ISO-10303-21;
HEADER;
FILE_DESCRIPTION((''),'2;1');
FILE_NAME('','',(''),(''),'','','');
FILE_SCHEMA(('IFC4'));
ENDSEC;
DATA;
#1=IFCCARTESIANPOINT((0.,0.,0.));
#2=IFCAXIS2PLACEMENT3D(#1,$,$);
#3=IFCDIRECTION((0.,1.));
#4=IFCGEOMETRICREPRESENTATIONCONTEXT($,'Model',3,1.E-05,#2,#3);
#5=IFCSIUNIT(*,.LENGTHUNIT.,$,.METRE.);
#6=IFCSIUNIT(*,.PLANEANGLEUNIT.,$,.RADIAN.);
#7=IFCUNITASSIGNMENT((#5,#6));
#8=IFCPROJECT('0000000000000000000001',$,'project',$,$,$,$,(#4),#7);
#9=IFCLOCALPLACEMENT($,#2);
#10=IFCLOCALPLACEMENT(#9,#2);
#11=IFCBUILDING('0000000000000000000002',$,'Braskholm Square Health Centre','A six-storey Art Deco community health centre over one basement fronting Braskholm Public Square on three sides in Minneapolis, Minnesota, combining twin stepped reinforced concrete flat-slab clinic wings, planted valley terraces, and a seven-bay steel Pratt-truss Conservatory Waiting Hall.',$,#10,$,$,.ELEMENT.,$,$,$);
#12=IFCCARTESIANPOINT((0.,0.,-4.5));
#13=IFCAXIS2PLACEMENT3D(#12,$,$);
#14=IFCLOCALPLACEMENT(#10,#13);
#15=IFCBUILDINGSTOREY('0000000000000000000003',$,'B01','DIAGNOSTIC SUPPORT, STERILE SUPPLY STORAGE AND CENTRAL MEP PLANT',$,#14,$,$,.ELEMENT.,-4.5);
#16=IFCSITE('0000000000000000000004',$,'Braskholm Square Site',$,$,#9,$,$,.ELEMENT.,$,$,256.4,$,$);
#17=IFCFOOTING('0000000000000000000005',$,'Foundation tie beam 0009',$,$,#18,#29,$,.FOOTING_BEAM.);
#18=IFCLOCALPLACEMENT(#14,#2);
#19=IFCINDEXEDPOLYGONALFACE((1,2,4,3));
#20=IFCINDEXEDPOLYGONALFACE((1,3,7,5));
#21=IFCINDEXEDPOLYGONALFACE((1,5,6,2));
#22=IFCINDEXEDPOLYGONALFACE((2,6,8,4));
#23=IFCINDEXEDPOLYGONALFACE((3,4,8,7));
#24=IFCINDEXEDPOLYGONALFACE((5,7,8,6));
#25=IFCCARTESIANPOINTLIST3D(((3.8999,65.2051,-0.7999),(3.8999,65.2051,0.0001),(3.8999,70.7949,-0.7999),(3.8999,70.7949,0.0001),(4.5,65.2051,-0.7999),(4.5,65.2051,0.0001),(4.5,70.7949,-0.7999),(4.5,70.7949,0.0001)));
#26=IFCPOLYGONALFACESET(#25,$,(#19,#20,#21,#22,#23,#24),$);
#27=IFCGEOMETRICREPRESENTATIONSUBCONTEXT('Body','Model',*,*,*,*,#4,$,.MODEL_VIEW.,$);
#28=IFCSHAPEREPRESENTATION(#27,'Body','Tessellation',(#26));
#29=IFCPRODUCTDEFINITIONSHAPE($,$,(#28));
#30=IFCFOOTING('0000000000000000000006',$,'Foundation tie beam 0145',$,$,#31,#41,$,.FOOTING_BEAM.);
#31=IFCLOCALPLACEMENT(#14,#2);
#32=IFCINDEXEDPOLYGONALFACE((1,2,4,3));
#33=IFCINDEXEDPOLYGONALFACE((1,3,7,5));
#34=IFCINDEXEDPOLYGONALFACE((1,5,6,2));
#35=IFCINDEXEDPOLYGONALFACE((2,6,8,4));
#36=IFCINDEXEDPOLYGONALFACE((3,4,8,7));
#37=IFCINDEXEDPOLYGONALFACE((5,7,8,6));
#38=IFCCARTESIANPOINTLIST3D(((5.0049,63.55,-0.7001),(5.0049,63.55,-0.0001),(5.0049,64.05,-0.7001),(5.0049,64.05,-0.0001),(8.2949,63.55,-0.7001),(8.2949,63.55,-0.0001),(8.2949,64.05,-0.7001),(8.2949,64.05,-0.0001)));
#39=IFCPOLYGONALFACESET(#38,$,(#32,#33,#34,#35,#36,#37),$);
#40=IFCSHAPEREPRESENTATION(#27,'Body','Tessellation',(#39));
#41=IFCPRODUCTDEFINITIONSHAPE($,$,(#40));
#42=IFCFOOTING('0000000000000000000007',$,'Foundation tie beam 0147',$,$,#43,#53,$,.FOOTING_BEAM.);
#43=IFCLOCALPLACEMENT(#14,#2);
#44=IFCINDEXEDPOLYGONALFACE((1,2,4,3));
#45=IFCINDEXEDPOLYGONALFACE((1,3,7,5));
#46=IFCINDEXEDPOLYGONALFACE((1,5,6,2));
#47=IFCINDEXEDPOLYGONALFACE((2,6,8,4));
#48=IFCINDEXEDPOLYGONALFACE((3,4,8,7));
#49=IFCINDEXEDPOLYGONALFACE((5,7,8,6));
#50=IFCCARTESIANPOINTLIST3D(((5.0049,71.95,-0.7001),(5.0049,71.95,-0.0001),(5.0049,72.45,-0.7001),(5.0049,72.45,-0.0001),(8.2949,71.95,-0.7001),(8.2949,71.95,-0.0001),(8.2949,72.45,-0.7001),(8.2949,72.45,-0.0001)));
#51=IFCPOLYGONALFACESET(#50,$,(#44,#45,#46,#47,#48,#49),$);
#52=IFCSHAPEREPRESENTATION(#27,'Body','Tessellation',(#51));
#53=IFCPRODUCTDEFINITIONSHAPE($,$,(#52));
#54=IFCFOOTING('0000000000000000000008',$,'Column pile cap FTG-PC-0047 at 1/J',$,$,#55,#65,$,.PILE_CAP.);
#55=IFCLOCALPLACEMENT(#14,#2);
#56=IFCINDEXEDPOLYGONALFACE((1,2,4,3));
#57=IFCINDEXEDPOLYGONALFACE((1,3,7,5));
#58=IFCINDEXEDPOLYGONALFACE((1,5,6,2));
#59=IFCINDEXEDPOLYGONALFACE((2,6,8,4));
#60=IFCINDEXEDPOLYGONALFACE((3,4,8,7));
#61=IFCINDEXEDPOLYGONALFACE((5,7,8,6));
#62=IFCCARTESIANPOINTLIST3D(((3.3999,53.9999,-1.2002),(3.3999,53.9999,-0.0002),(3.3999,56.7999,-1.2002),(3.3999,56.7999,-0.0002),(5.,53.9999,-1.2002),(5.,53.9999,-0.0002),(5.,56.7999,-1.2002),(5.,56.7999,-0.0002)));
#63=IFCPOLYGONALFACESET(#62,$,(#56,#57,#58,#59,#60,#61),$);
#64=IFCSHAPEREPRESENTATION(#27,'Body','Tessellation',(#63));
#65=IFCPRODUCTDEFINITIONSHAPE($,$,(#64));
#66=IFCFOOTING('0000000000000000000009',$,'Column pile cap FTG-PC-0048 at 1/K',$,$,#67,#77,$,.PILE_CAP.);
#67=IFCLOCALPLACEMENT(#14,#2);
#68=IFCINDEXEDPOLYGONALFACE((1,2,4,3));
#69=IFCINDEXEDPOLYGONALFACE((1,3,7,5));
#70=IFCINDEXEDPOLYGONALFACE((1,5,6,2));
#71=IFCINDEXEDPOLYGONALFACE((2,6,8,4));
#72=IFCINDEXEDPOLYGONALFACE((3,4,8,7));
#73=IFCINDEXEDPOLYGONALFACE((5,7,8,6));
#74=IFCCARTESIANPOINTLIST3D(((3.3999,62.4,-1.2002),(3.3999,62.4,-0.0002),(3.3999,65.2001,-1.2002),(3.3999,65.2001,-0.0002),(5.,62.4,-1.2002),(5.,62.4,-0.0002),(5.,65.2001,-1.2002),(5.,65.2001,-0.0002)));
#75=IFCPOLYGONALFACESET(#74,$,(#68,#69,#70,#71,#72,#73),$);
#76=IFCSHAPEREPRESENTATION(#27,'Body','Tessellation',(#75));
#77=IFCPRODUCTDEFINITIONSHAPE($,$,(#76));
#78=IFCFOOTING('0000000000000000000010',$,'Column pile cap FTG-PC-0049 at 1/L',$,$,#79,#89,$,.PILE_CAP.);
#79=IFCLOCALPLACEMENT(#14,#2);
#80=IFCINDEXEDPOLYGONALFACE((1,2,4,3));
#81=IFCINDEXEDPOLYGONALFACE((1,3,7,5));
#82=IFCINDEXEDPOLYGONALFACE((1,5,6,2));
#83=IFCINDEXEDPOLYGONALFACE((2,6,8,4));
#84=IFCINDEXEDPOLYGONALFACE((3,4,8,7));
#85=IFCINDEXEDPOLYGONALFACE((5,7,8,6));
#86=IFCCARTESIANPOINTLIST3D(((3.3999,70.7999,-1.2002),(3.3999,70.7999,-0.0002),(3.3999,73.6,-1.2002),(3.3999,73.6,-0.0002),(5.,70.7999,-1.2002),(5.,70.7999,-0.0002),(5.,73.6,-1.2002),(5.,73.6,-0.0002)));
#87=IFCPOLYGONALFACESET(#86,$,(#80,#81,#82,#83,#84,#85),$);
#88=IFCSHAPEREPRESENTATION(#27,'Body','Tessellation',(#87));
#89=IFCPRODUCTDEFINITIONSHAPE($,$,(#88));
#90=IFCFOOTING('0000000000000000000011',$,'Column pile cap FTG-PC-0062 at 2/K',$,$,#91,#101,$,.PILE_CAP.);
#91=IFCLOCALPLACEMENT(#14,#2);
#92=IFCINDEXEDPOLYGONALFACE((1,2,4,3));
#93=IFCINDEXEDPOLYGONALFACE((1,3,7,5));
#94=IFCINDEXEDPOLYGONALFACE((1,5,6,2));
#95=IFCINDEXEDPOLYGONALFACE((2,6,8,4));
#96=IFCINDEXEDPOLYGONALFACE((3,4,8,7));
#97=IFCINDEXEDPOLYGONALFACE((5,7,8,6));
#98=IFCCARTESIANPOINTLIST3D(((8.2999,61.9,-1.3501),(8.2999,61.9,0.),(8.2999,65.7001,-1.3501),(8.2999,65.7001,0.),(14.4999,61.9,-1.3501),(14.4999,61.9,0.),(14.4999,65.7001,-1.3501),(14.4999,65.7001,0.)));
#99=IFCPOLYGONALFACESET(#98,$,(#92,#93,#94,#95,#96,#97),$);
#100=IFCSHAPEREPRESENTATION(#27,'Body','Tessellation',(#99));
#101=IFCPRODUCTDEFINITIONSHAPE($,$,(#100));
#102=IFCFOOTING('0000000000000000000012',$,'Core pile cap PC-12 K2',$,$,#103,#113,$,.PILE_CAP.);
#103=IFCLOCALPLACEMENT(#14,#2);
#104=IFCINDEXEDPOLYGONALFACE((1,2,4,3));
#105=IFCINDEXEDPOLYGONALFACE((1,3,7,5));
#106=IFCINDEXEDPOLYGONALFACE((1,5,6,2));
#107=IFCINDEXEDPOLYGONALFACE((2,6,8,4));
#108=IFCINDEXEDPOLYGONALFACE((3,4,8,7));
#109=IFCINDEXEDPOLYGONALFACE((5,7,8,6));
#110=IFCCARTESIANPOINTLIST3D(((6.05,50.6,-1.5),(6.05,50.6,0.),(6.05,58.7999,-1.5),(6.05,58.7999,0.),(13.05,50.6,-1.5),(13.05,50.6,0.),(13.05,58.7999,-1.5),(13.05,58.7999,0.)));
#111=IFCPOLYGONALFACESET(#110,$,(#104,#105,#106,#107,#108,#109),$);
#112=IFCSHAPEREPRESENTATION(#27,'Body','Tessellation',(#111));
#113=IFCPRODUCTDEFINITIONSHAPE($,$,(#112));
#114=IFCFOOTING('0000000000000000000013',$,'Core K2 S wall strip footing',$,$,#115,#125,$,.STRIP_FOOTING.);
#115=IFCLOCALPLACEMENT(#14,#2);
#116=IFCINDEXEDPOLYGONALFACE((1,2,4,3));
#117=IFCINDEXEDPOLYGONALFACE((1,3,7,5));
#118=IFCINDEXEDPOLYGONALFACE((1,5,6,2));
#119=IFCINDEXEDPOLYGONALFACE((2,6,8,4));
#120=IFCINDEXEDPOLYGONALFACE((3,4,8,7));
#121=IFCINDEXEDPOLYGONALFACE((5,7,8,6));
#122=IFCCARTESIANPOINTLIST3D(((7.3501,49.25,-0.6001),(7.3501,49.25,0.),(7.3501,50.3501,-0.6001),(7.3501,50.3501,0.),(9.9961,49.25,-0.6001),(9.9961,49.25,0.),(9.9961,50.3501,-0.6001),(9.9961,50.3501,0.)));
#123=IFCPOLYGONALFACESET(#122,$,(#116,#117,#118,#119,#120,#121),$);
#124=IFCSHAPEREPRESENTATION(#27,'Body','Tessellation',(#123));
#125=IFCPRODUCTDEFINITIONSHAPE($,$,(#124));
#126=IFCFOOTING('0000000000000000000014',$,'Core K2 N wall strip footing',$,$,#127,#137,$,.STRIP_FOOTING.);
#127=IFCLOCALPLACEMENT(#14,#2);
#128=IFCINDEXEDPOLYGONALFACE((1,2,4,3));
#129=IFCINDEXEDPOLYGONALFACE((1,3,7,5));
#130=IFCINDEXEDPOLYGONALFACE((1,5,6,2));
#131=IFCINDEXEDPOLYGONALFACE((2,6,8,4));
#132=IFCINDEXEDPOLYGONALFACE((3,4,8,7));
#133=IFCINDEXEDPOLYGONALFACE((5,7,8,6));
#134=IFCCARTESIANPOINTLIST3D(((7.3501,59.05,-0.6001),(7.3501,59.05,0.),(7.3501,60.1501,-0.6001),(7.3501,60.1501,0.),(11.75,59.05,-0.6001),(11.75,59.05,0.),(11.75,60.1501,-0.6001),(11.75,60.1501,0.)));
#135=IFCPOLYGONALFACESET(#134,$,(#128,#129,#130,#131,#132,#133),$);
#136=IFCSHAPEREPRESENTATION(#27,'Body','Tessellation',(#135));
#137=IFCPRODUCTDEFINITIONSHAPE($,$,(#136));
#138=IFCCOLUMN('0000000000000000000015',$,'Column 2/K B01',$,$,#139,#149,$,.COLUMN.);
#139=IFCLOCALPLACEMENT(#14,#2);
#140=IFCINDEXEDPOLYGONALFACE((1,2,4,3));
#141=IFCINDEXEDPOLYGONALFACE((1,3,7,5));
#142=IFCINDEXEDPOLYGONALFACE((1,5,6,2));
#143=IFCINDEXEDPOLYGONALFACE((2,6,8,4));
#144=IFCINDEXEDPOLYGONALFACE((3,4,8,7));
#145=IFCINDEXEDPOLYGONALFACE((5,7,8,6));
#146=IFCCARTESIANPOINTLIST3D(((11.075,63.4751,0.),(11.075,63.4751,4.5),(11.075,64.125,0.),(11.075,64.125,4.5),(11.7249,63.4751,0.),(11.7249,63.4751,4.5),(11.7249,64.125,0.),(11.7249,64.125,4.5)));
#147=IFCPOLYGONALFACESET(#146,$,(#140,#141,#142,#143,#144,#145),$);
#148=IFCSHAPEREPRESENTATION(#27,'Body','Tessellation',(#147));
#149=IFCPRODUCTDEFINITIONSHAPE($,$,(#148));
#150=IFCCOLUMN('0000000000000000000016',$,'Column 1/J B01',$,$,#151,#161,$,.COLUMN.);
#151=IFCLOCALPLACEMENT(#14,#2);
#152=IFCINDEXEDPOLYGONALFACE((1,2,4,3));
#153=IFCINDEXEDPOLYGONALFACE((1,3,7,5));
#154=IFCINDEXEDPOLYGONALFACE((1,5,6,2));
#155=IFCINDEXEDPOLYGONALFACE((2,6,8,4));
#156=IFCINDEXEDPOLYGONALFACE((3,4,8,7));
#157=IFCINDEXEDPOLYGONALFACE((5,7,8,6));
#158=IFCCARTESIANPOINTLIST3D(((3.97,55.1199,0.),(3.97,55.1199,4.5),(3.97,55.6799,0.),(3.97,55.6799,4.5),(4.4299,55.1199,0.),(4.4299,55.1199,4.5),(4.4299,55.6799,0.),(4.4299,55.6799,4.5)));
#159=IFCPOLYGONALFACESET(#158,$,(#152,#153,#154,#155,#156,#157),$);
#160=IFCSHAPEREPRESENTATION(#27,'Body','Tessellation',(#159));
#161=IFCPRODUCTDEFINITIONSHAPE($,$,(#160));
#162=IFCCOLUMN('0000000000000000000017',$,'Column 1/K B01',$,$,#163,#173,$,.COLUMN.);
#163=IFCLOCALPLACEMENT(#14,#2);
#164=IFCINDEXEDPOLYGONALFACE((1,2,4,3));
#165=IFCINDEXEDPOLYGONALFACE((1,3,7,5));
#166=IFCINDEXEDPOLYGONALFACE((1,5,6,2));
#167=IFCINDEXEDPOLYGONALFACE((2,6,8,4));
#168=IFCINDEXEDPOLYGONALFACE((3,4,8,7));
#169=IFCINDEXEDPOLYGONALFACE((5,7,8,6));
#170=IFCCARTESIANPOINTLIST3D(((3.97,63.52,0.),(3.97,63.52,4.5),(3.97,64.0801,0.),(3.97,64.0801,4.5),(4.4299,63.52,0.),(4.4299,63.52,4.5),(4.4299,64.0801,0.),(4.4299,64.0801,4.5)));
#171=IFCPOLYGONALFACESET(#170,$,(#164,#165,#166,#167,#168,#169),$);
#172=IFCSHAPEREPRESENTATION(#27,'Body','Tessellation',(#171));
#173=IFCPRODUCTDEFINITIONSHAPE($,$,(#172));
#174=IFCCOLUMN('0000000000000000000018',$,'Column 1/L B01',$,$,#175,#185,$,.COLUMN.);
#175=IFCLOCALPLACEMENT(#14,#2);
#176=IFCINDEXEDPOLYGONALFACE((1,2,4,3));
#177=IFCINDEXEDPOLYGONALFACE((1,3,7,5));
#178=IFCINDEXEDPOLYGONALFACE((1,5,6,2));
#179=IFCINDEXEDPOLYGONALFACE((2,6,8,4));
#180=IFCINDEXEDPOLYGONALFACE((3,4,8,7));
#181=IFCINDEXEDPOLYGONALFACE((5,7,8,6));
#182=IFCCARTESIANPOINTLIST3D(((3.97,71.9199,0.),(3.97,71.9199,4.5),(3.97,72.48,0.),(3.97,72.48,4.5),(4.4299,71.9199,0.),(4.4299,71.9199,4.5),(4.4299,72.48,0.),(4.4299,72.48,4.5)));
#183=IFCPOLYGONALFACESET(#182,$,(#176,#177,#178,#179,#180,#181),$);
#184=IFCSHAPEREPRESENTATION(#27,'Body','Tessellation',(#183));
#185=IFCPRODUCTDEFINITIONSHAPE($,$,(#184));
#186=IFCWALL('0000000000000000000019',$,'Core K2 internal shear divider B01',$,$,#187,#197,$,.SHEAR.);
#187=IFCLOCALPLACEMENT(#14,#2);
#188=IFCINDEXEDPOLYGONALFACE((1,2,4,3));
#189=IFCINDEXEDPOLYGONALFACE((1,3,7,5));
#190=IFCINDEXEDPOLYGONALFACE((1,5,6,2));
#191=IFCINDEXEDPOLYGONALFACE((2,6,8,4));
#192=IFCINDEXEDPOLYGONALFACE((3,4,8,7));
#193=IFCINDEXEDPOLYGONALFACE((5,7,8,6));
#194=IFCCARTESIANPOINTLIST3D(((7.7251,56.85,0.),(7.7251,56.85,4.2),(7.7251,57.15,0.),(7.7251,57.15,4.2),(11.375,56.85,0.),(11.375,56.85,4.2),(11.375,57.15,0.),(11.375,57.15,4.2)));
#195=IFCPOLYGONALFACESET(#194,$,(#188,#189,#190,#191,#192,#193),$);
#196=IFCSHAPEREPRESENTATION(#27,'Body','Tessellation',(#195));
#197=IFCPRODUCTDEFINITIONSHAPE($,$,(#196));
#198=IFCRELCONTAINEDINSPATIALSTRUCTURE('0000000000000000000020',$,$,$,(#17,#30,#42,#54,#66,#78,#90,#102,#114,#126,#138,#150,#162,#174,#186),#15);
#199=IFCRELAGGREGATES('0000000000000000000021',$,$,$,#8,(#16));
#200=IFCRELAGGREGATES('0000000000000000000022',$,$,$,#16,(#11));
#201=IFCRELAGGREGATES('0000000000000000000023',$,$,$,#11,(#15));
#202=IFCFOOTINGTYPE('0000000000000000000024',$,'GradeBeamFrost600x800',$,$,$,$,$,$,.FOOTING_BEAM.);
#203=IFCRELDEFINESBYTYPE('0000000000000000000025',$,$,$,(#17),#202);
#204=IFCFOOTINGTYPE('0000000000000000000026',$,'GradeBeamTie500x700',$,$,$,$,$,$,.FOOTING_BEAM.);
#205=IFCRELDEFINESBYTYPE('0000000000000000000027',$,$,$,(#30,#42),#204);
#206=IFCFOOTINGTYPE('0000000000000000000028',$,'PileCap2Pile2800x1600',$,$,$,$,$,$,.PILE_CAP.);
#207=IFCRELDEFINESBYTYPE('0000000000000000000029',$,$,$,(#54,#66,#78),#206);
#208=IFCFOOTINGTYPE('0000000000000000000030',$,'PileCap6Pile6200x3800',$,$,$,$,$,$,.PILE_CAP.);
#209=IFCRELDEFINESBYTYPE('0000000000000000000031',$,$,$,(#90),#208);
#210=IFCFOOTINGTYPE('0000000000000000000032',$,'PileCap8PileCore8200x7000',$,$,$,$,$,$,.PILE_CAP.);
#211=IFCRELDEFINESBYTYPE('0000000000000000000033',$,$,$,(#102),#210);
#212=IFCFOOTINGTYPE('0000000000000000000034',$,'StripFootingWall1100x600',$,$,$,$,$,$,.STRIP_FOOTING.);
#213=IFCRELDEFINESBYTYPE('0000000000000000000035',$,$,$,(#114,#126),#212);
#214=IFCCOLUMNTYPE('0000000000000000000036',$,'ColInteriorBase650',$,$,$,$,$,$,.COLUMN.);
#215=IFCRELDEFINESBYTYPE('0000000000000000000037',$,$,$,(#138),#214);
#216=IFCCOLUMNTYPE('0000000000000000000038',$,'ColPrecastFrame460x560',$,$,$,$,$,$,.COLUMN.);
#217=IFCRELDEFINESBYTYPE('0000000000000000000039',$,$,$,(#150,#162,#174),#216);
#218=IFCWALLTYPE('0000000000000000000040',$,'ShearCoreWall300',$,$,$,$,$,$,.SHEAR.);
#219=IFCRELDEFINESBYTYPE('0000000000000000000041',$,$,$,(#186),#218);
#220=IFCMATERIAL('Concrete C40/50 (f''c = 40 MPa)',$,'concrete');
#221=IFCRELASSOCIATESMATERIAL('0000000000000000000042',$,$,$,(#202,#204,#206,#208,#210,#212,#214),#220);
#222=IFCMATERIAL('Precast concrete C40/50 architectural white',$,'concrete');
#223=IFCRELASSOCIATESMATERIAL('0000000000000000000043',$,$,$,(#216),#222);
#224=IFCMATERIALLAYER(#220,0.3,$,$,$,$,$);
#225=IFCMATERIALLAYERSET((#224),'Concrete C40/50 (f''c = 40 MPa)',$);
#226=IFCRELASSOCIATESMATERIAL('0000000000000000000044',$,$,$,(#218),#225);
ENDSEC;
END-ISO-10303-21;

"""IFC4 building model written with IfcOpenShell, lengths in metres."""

from ifc_helpers import new_model, si_unit, direction, frame, frame_2d, origin, origin_2d, place, context, subcontext, project, spatial, rectangle, extrude, material, layer, layer_set, material_profile, profile_set, type_object, element, save


model = new_model("IFC4")

# Units and contexts
model_context = context("Model", 3, precision=1e-05, world=origin(), true_north=direction((0.0, 1.0)))
body_context = subcontext(model_context, "Body", "Model", "MODEL_VIEW")
ifc_project = project(units=[si_unit("LENGTHUNIT", "METRE"), si_unit("PLANEANGLEUNIT", "RADIAN")], contexts=[model_context])

# Site, building, storey
site_placement = place(None, origin())
site = spatial("IfcSite", under=ifc_project, at=site_placement, Name="Braskholm Square Site", CompositionType="ELEMENT", RefElevation=256.4)
building_placement = place(site_placement, origin())
building = spatial("IfcBuilding", under=site, at=building_placement, Name="Braskholm Square Health Centre", Description="A six-storey Art Deco community health centre over one basement fronting Braskholm Public Square on three sides in Minneapolis, Minnesota, combining twin stepped reinforced concrete flat-slab clinic wings, planted valley terraces, and a seven-bay steel Pratt-truss Conservatory Waiting Hall.", CompositionType="ELEMENT")
storey_placement = place(building_placement, frame((0.0, 0.0, -4.5)))
storey = spatial("IfcBuildingStorey", under=building, at=storey_placement, Name="B01", Description="DIAGNOSTIC SUPPORT, STERILE SUPPLY STORAGE AND CENTRAL MEP PLANT", CompositionType="ELEMENT", Elevation=-4.5)

# Shared definitions
ifc_material_1 = material(Name="Concrete C40/50 (f'c = 40 MPa)", Category="concrete")

# Footings
ifc_material_profile_1 = material_profile(ifc_material_1, rectangle(XDim=0.6001, YDim=0.8, at=origin_2d()), Name="FTG-600X800")
ifc_profile_set_1 = profile_set([ifc_material_profile_1], Name="Concrete C40/50 (f'c = 40 MPa)")
footing_type_1 = type_object("IfcFootingType", Name="GradeBeamFrost600x800", PredefinedType="FOOTING_BEAM", material=ifc_profile_set_1)
footing_1_placement = place(storey_placement, frame((4.2, 65.2051, -0.3999), z_axis=(0.0, 1.0, 0.0), x_axis=(-1.0, 0.0, 0.0)))
element("IfcFooting", 1, at=footing_1_placement, inside=storey, type_object=footing_type_1, Name="Foundation tie beam 0009", PredefinedType="FOOTING_BEAM", context=body_context, shape_type="SweptSolid", body=[
    extrude(rectangle(XDim=0.6001, YDim=0.8, at=origin_2d()), origin(), (0.0, 0.0, 1.0), 5.5898),
])
ifc_material_profile_2 = material_profile(ifc_material_1, rectangle(XDim=0.5, YDim=0.7, at=origin_2d()), Name="FTG-500X700")
ifc_profile_set_2 = profile_set([ifc_material_profile_2], Name="Concrete C40/50 (f'c = 40 MPa)")
footing_type_2 = type_object("IfcFootingType", Name="GradeBeamTie500x700", PredefinedType="FOOTING_BEAM", material=ifc_profile_set_2)
for number, where, z_axis, x_axis, name in (
    (2, (5.0049, 63.8, -0.3501), (1.0, 0.0, 0.0), (0.0, 1.0, 0.0), "Foundation tie beam 0145"),
    (3, (5.0049, 72.2, -0.3501), (1.0, 0.0, 0.0), (0.0, 1.0, 0.0), "Foundation tie beam 0147"),
):
    element("IfcFooting", number, at=place(storey_placement, frame(where, z_axis=z_axis, x_axis=x_axis)), inside=storey, type_object=footing_type_2, Name=name, PredefinedType="FOOTING_BEAM", context=body_context, shape_type="SweptSolid", body=[
        extrude(rectangle(XDim=0.5, YDim=0.7, at=origin_2d()), origin(), (0.0, 0.0, 1.0), 3.29),
    ])
footing_type_3 = type_object("IfcFootingType", Name="PileCap2Pile2800x1600", PredefinedType="PILE_CAP", material=ifc_material_1)
for number, where, z_axis, x_axis, name in (
    (4, (4.2, 55.3999, -1.2002), (0.0, 0.0, 1.0), (0.0, 1.0, 0.0), "Column pile cap FTG-PC-0047 at 1/J"),
    (5, (4.2, 63.8, -1.2002), (0.0, 0.0, 1.0), (0.0, 1.0, 0.0), "Column pile cap FTG-PC-0048 at 1/K"),
    (6, (4.2, 72.2, -1.2002), (0.0, 0.0, 1.0), (0.0, 1.0, 0.0), "Column pile cap FTG-PC-0049 at 1/L"),
):
    element("IfcFooting", number, at=place(storey_placement, frame(where, z_axis=z_axis, x_axis=x_axis)), inside=storey, type_object=footing_type_3, Name=name, PredefinedType="PILE_CAP", context=body_context, shape_type="SweptSolid", body=[
        extrude(rectangle(XDim=2.8, YDim=1.6001, at=origin_2d()), origin(), (0.0, 0.0, 1.0), 1.2),
    ])
footing_type_4 = type_object("IfcFootingType", Name="PileCap6Pile6200x3800", PredefinedType="PILE_CAP", material=ifc_material_1)
footing_2_placement = place(storey_placement, frame((11.3999, 63.8, -1.3501), z_axis=(0.0, 0.0, 1.0), x_axis=(1.0, 0.0, 0.0)))
element("IfcFooting", 7, at=footing_2_placement, inside=storey, type_object=footing_type_4, Name="Column pile cap FTG-PC-0062 at 2/K", PredefinedType="PILE_CAP", context=body_context, shape_type="SweptSolid", body=[
    extrude(rectangle(XDim=6.2, YDim=3.8, at=origin_2d()), origin(), (0.0, 0.0, 1.0), 1.3501),
])
footing_type_5 = type_object("IfcFootingType", Name="PileCap8PileCore8200x7000", PredefinedType="PILE_CAP", material=ifc_material_1)
footing_3_placement = place(storey_placement, frame((9.55, 54.7, -1.5), z_axis=(0.0, 0.0, 1.0), x_axis=(0.0, 1.0, 0.0)))
element("IfcFooting", 8, at=footing_3_placement, inside=storey, type_object=footing_type_5, Name="Core pile cap PC-12 K2", PredefinedType="PILE_CAP", context=body_context, shape_type="SweptSolid", body=[
    extrude(rectangle(XDim=8.2, YDim=7.0, at=origin_2d()), origin(), (0.0, 0.0, 1.0), 1.5),
])
ifc_material_profile_3 = material_profile(ifc_material_1, rectangle(XDim=1.1001, YDim=0.6001, at=origin_2d()), Name="FTG-1100X600")
ifc_profile_set_3 = profile_set([ifc_material_profile_3], Name="Concrete C40/50 (f'c = 40 MPa)")
footing_type_6 = type_object("IfcFootingType", Name="StripFootingWall1100x600", PredefinedType="STRIP_FOOTING", material=ifc_profile_set_3)
footing_4_placement = place(storey_placement, frame((7.3501, 49.8, -0.3), z_axis=(1.0, 0.0, 0.0), x_axis=(0.0, 1.0, 0.0)))
element("IfcFooting", 9, at=footing_4_placement, inside=storey, type_object=footing_type_6, Name="Core K2 S wall strip footing", PredefinedType="STRIP_FOOTING", context=body_context, shape_type="SweptSolid", body=[
    extrude(rectangle(XDim=1.1001, YDim=0.6001, at=origin_2d()), origin(), (0.0, 0.0, 1.0), 2.646),
])
footing_5_placement = place(storey_placement, frame((7.3501, 59.6001, -0.3), z_axis=(1.0, 0.0, 0.0), x_axis=(0.0, 1.0, 0.0)))
element("IfcFooting", 10, at=footing_5_placement, inside=storey, type_object=footing_type_6, Name="Core K2 N wall strip footing", PredefinedType="STRIP_FOOTING", context=body_context, shape_type="SweptSolid", body=[
    extrude(rectangle(XDim=1.1001, YDim=0.6001, at=origin_2d()), origin(), (0.0, 0.0, 1.0), 4.3999),
])

# Columns
ifc_material_profile_4 = material_profile(ifc_material_1, rectangle(XDim=0.6499, YDim=0.6499, at=origin_2d()), Name="RC-650X650")
ifc_profile_set_4 = profile_set([ifc_material_profile_4], Name="Concrete C40/50 (f'c = 40 MPa)")
column_type_1 = type_object("IfcColumnType", Name="ColInteriorBase650", PredefinedType="COLUMN", material=ifc_profile_set_4)
column_placement = place(storey_placement, frame((11.3999, 63.8, 0.0), z_axis=(0.0, 0.0, 1.0), x_axis=(1.0, 0.0, 0.0)))
element("IfcColumn", 11, at=column_placement, inside=storey, type_object=column_type_1, Name="Column 2/K B01", PredefinedType="COLUMN", context=body_context, shape_type="SweptSolid", body=[
    extrude(rectangle(XDim=0.6499, YDim=0.6499, at=origin_2d()), origin(), (0.0, 0.0, 1.0), 4.5),
])
ifc_material_2 = material(Name="Precast concrete C40/50 architectural white", Category="concrete")
ifc_material_profile_5 = material_profile(ifc_material_2, rectangle(XDim=0.46, YDim=0.5601, at=origin_2d()), Name="RC-460X560")
ifc_profile_set_5 = profile_set([ifc_material_profile_5], Name="Precast concrete C40/50 architectural white")
column_type_2 = type_object("IfcColumnType", Name="ColPrecastFrame460x560", PredefinedType="COLUMN", material=ifc_profile_set_5)
for number, where, z_axis, x_axis, name in (
    (12, (4.2, 55.3999, 0.0), (0.0, 0.0, 1.0), (1.0, 0.0, 0.0), "Column 1/J B01"),
    (13, (4.2, 63.8, 0.0), (0.0, 0.0, 1.0), (1.0, 0.0, 0.0), "Column 1/K B01"),
    (14, (4.2, 72.2, 0.0), (0.0, 0.0, 1.0), (1.0, 0.0, 0.0), "Column 1/L B01"),
):
    element("IfcColumn", number, at=place(storey_placement, frame(where, z_axis=z_axis, x_axis=x_axis)), inside=storey, type_object=column_type_2, Name=name, PredefinedType="COLUMN", context=body_context, shape_type="SweptSolid", body=[
        extrude(rectangle(XDim=0.46, YDim=0.5601, at=origin_2d()), origin(), (0.0, 0.0, 1.0), 4.5),
    ])

# Wall
ifc_layer_1 = layer(ifc_material_1, 0.3)
ifc_layer_set_1 = layer_set([ifc_layer_1], Name="Concrete C40/50 (f'c = 40 MPa)")
wall_type_1 = type_object("IfcWallType", Name="ShearCoreWall300", PredefinedType="SHEAR", material=ifc_layer_set_1)
wall_1_placement = place(storey_placement, frame((7.7251, 57.0, 0.0), z_axis=(0.0, 0.0, 1.0), x_axis=(1.0, 0.0, 0.0)))
element("IfcWall", 15, at=wall_1_placement, inside=storey, type_object=wall_type_1, Name="Core K2 internal shear divider B01", PredefinedType="SHEAR", context=body_context, shape_type="SweptSolid", body=[
    extrude(rectangle(XDim=3.6499, YDim=0.3, at=frame_2d((1.825, 0.0))), origin(), (0.0, 0.0, 1.0), 4.2),
])

save(model, "model.ifc")
